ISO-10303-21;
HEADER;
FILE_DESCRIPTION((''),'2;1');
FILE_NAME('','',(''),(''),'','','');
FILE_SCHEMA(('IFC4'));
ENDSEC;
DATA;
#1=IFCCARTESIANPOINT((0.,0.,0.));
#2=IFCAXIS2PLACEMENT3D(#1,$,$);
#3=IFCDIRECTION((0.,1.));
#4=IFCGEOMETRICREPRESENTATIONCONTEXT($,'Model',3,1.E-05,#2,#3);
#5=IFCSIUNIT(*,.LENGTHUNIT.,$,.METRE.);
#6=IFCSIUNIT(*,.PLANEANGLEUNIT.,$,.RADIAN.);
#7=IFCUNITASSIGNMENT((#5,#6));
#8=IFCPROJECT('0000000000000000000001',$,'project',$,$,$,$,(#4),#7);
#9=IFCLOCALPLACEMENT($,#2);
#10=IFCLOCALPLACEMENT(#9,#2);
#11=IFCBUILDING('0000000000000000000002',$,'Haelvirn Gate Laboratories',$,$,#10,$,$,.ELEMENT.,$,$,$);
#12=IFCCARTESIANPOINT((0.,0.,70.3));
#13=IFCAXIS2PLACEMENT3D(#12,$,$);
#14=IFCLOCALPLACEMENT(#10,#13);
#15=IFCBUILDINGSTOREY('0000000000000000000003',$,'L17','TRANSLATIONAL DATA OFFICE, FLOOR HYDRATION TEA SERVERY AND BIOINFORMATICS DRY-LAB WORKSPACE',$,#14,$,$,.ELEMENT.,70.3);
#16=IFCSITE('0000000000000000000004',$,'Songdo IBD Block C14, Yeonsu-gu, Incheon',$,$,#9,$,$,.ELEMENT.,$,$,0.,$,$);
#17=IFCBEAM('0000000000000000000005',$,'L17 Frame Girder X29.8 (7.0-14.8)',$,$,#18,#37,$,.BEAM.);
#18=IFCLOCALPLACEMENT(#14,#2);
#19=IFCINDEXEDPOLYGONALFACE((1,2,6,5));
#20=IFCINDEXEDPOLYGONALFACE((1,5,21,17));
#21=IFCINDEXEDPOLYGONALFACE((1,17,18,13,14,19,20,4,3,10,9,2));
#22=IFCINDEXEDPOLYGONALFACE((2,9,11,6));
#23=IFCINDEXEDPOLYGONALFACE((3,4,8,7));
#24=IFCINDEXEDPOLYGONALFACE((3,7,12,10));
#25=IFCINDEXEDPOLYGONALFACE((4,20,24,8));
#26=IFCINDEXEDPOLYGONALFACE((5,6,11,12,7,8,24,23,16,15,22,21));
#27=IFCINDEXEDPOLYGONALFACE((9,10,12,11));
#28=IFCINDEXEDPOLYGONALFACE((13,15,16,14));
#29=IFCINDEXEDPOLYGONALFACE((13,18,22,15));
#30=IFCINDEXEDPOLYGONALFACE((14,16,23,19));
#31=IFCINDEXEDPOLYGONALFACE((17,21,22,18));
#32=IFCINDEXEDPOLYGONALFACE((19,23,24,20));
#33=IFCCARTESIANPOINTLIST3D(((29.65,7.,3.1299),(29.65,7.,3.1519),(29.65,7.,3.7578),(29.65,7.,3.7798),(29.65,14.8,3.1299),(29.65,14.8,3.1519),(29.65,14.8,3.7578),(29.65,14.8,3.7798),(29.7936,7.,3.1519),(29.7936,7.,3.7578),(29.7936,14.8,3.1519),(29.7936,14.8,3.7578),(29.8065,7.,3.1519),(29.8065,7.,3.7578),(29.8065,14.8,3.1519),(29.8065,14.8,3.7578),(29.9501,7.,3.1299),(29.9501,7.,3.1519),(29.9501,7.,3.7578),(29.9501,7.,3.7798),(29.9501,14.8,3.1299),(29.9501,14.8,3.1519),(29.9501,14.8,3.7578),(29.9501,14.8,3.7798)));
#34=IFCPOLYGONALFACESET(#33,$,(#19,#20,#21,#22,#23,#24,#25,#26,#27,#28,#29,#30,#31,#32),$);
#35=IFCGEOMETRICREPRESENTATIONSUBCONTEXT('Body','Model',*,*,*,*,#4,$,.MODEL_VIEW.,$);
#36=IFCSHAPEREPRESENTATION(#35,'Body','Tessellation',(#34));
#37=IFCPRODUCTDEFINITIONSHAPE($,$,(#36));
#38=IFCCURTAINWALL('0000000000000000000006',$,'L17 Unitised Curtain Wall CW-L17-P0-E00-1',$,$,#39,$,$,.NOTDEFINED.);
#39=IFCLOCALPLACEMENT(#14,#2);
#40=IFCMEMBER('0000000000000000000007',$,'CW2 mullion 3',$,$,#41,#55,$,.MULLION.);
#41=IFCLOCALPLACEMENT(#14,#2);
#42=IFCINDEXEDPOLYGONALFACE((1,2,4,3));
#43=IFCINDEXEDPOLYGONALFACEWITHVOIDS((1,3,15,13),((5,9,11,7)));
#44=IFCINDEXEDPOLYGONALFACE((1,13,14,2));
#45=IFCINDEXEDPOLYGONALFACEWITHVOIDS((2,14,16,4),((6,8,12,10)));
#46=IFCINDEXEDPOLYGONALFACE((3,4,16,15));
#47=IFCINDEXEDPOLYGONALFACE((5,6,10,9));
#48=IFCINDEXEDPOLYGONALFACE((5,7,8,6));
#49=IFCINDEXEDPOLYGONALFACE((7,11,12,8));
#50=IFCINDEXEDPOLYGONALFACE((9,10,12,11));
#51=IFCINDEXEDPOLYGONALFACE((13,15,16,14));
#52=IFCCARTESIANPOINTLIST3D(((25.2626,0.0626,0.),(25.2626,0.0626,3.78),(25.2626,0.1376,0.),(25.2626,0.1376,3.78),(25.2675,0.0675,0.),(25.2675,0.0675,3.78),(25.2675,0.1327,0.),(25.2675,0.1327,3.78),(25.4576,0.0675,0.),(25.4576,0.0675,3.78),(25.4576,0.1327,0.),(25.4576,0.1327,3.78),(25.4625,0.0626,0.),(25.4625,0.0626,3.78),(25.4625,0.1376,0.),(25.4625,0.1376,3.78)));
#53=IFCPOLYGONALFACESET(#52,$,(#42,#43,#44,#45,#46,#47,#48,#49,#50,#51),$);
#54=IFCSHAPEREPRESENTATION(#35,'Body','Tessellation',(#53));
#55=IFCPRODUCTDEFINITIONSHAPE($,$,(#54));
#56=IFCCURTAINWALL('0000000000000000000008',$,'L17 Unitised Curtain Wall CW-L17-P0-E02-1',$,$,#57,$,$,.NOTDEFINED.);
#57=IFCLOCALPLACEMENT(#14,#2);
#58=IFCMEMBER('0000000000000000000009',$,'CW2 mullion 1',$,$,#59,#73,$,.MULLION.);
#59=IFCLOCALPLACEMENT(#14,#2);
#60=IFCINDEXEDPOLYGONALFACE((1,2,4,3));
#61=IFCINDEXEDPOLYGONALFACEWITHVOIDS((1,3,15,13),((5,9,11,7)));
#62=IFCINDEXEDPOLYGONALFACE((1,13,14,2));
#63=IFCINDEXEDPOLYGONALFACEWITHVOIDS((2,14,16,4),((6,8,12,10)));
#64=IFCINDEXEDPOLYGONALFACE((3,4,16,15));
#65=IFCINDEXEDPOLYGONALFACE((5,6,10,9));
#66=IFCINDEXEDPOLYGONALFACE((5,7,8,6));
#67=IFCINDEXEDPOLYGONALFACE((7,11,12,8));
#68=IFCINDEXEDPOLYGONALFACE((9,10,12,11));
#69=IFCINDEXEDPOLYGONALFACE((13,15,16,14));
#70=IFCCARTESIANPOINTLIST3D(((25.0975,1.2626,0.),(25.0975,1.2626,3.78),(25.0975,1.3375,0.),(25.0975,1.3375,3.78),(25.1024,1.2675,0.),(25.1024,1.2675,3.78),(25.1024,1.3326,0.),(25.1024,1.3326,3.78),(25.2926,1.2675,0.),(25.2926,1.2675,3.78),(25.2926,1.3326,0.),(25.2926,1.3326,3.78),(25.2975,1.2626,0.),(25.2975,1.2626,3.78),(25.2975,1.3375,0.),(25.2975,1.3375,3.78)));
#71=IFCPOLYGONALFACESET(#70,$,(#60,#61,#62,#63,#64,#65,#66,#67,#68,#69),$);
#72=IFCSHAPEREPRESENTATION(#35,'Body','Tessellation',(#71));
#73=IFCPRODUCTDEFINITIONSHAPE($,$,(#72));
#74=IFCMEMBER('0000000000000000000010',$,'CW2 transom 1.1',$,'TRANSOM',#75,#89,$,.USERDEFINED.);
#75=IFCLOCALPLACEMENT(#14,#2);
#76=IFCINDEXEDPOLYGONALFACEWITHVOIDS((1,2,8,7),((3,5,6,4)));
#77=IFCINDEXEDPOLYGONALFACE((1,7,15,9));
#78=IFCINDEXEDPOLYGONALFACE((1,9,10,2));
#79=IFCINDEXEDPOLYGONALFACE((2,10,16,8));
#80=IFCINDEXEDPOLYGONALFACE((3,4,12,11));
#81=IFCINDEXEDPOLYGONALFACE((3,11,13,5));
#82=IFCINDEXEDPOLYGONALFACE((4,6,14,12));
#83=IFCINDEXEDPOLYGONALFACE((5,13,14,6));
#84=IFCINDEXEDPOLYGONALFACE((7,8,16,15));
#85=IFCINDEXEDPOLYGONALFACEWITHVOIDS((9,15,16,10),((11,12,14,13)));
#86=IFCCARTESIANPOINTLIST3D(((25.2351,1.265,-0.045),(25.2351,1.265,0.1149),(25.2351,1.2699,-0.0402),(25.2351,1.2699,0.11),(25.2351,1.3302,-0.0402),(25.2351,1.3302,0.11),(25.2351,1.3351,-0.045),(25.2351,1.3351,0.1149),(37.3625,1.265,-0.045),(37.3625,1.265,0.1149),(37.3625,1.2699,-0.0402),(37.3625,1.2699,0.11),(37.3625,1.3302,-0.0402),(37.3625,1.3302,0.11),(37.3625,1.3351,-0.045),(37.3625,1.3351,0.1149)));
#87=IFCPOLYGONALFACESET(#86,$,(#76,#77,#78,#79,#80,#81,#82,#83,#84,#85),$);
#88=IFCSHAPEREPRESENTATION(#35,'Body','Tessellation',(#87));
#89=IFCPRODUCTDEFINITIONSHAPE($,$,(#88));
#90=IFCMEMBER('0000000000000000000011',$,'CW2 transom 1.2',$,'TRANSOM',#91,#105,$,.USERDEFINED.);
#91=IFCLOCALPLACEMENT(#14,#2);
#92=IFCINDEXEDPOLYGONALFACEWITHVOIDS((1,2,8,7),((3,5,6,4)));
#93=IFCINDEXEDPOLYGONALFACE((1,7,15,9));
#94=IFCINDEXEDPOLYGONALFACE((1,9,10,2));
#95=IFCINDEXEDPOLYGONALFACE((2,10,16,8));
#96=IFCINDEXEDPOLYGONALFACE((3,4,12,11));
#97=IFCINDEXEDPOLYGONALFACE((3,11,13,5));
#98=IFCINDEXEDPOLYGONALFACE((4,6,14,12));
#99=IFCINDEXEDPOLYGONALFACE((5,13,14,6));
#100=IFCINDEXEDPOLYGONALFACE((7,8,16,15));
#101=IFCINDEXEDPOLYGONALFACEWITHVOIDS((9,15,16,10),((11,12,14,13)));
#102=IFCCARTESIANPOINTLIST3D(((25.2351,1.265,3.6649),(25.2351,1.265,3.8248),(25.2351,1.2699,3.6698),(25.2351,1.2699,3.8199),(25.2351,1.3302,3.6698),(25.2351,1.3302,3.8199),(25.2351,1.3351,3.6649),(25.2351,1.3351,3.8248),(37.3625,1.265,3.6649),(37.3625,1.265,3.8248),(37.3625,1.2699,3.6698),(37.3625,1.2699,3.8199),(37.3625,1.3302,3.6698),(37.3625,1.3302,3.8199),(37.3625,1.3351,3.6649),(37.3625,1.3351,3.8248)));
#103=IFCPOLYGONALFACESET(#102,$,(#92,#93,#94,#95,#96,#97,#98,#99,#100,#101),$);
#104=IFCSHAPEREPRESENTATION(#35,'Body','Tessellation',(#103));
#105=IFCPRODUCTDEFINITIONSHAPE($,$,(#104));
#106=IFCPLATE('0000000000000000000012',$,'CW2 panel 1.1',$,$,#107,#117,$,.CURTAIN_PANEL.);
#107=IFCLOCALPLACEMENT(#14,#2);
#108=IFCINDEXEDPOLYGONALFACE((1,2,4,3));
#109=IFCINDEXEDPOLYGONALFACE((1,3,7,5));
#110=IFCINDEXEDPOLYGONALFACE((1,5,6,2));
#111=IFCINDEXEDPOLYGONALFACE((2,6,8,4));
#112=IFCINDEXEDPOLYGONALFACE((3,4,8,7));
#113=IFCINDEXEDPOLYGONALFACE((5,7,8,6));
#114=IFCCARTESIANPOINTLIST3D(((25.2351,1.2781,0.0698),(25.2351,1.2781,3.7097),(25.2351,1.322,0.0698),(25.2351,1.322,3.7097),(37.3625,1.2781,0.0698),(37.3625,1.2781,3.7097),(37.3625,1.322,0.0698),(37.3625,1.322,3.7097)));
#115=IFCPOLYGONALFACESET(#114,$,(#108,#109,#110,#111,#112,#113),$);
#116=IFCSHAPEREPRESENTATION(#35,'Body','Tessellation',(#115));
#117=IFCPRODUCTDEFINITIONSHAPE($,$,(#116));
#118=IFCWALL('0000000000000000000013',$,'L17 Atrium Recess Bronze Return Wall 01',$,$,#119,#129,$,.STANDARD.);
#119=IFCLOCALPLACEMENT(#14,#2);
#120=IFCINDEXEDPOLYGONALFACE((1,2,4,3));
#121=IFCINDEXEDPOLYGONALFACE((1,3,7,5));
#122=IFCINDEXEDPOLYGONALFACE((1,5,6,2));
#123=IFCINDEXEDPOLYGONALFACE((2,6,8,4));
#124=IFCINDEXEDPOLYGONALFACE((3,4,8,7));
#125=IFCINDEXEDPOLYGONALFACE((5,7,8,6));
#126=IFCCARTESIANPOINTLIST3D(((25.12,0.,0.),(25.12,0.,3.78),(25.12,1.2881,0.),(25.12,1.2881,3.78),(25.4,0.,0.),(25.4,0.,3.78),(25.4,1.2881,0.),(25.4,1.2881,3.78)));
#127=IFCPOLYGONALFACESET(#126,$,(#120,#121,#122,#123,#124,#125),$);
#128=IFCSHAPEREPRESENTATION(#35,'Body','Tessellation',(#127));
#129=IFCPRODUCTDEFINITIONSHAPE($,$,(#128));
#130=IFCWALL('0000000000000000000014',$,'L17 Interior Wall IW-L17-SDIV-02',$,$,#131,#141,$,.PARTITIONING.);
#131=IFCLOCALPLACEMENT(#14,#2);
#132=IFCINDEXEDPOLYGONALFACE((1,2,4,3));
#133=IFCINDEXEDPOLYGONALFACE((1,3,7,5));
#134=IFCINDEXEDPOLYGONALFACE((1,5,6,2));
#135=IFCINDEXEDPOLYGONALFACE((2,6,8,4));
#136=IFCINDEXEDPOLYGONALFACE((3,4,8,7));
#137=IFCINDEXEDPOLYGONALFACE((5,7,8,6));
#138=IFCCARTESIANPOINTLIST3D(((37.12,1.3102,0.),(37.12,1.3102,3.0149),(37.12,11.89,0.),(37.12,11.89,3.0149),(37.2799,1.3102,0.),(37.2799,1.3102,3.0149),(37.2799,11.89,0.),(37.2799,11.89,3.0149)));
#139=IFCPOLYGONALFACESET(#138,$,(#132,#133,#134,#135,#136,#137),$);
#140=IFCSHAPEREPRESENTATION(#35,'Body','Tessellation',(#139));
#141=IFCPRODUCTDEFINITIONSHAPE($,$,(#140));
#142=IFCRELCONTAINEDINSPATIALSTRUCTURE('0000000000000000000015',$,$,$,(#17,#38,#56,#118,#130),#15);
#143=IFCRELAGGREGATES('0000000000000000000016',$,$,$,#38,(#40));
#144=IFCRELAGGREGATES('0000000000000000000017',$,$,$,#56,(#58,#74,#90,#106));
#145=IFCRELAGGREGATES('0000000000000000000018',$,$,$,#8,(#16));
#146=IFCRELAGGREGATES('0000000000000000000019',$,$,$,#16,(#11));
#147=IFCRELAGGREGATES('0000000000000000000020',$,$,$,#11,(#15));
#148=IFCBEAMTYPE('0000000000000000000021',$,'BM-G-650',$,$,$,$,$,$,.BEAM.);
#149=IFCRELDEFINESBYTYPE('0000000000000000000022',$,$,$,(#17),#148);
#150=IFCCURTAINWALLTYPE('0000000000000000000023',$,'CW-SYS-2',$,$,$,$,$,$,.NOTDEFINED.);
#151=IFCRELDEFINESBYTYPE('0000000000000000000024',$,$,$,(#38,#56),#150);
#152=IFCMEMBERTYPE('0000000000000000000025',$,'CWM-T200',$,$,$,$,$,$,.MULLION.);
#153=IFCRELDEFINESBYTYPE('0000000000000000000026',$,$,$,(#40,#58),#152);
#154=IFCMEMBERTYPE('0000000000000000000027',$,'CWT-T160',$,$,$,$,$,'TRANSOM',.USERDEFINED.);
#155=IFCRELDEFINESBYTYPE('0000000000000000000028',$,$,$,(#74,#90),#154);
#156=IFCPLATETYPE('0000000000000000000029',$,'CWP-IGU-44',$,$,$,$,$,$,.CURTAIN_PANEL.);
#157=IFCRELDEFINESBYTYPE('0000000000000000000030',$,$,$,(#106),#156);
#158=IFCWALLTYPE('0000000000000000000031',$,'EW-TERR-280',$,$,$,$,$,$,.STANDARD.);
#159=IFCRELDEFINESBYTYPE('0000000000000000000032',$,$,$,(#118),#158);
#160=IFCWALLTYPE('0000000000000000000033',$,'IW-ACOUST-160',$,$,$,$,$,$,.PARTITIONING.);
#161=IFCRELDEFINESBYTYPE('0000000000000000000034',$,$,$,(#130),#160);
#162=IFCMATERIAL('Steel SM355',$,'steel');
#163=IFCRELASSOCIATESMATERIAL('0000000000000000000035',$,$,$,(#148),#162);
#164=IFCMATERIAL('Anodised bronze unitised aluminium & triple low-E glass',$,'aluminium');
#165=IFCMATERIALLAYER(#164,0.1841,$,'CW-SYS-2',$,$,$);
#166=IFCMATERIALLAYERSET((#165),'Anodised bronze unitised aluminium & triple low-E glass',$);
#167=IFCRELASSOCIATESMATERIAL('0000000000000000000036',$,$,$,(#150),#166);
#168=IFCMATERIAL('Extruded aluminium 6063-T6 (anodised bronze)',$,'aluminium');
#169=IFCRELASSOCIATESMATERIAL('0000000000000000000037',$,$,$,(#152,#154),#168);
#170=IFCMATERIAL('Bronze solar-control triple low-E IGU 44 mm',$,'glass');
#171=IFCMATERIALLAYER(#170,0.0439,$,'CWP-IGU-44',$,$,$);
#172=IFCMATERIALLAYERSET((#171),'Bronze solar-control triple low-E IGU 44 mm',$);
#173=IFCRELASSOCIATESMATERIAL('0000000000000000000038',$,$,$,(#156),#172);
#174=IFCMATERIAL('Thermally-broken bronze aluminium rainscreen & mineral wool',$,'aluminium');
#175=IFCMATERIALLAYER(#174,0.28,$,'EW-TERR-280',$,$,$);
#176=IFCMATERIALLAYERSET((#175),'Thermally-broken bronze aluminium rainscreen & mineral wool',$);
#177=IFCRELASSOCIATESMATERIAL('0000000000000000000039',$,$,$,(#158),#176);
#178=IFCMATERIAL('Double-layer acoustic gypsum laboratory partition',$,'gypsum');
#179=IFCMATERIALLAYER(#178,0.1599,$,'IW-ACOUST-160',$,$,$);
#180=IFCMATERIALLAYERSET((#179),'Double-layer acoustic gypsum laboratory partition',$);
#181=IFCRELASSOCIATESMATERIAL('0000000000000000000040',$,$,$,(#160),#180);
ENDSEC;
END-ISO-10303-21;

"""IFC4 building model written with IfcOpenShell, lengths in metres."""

from ifc_helpers import new_model, si_unit, direction, frame, frame_2d, origin, origin_2d, place, context, subcontext, project, spatial, rectangle, hollow_rectangle, i_section, extrude, source, transform, mapped, material, layer, layer_set, material_profile, profile_set, type_object, type_shapes, element, aggregate, save


model = new_model("IFC4")

# Units and contexts
model_context = context("Model", 3, precision=1e-05, world=origin(), true_north=direction((0.0, 1.0)))
body_context = subcontext(model_context, "Body", "Model", "MODEL_VIEW")
ifc_project = project(units=[si_unit("LENGTHUNIT", "METRE"), si_unit("PLANEANGLEUNIT", "RADIAN")], contexts=[model_context])

# Site, building, storey
site_placement = place(None, origin())
site = spatial("IfcSite", under=ifc_project, at=site_placement, Name="Songdo IBD Block C14, Yeonsu-gu, Incheon", CompositionType="ELEMENT", RefElevation=0.0)
building_placement = place(site_placement, origin())
building = spatial("IfcBuilding", under=site, at=building_placement, Name="Haelvirn Gate Laboratories", CompositionType="ELEMENT")
storey_placement = place(building_placement, frame((0.0, 0.0, 70.3)))
storey = spatial("IfcBuildingStorey", under=building, at=storey_placement, Name="L17", Description="TRANSLATIONAL DATA OFFICE, FLOOR HYDRATION TEA SERVERY AND BIOINFORMATICS DRY-LAB WORKSPACE", CompositionType="ELEMENT", Elevation=70.3)

# Beam
ifc_material_1 = material(Name="Steel SM355", Category="steel")
ifc_material_profile_1 = material_profile(ifc_material_1, i_section(OverallWidth=0.3, OverallDepth=0.6499, WebThickness=0.0129, FlangeThickness=0.022, at=origin_2d()), Name="H-650x300x13x22")
ifc_profile_set_1 = profile_set([ifc_material_profile_1], Name="Steel SM355")
beam_type_1 = type_object("IfcBeamType", Name="BM-G-650", PredefinedType="BEAM", material=ifc_profile_set_1)
shared_shape_1 = source(origin(), body_context, "Body", "SweptSolid", [
    extrude(i_section(OverallWidth=0.3, OverallDepth=0.6499, WebThickness=0.0129, FlangeThickness=0.022, at=origin_2d()), origin(), (0.0, 0.0, 1.0), 7.8),
])
type_shapes(beam_type_1, [shared_shape_1])
beam_placement = place(storey_placement, frame((29.8, 7.0, 3.4548), z_axis=(0.0, 1.0, 0.0), x_axis=(-1.0, 0.0, 0.0)))
element("IfcBeam", 1, at=beam_placement, inside=storey, type_object=beam_type_1, Name="L17 Frame Girder X29.8 (7.0-14.8)", PredefinedType="BEAM", context=body_context, shape_type="MappedRepresentation", body=[
    mapped(shared_shape_1, transform((0.0, 0.0, 0.0), scale=1.0)),
])

# Curtain wall, member
ifc_material_2 = material(Name="Anodised bronze unitised aluminium & triple low-E glass", Category="aluminium")
ifc_layer_1 = layer(ifc_material_2, 0.1841, Name="CW-SYS-2")
ifc_layer_set_1 = layer_set([ifc_layer_1], Name="Anodised bronze unitised aluminium & triple low-E glass")
curtain_wall_type = type_object("IfcCurtainWallType", Name="CW-SYS-2", PredefinedType="NOTDEFINED", material=ifc_layer_set_1)
curtain_wall_1_placement = place(storey_placement, origin())
curtain_wall_1 = element("IfcCurtainWall", 2, at=curtain_wall_1_placement, inside=storey, type_object=curtain_wall_type, Name="L17 Unitised Curtain Wall CW-L17-P0-E00-1", PredefinedType="NOTDEFINED")
ifc_material_3 = material(Name="Extruded aluminium 6063-T6 (anodised bronze)", Category="aluminium")
ifc_material_profile_2 = material_profile(ifc_material_3, hollow_rectangle(XDim=0.075, YDim=0.2, WallThickness=0.0049, at=origin_2d()), Name="CWM-200x75x5")
ifc_profile_set_2 = profile_set([ifc_material_profile_2], Name="Extruded aluminium 6063-T6 (anodised bronze)")
member_type_1 = type_object("IfcMemberType", Name="CWM-T200", PredefinedType="MULLION", material=ifc_profile_set_2)
shared_shape_2 = source(origin(), body_context, "Body", "SweptSolid", [
    extrude(hollow_rectangle(XDim=0.075, YDim=0.2, WallThickness=0.0049, at=origin_2d()), origin(), (0.0, 0.0, 1.0), 3.78),
])
type_shapes(member_type_1, [shared_shape_2])
member_1_placement = place(storey_placement, frame((25.3625, 0.1001, 0.0), z_axis=(0.0, 0.0, 1.0), x_axis=(0.0, 1.0, 0.0)))
member_1 = element("IfcMember", 3, at=member_1_placement, type_object=member_type_1, Name="CW2 mullion 3", PredefinedType="MULLION", context=body_context, shape_type="MappedRepresentation", body=[
    mapped(shared_shape_2, transform((0.0, 0.0, 0.0), scale=1.0)),
])
aggregate(curtain_wall_1, [member_1])

# Curtain wall, members, plate
curtain_wall_2_placement = place(storey_placement, origin())
curtain_wall_2 = element("IfcCurtainWall", 4, at=curtain_wall_2_placement, inside=storey, type_object=curtain_wall_type, Name="L17 Unitised Curtain Wall CW-L17-P0-E02-1", PredefinedType="NOTDEFINED")
member_2_placement = place(storey_placement, frame((25.1975, 1.3, 0.0), z_axis=(0.0, 0.0, 1.0), x_axis=(0.0, 1.0, 0.0)))
member_2 = element("IfcMember", 5, at=member_2_placement, type_object=member_type_1, Name="CW2 mullion 1", PredefinedType="MULLION", context=body_context, shape_type="MappedRepresentation", body=[
    mapped(shared_shape_2, transform((0.0, 0.0, 0.0), scale=1.0)),
])
ifc_material_profile_3 = material_profile(ifc_material_3, hollow_rectangle(XDim=0.0701, YDim=0.1599, WallThickness=0.0049, at=origin_2d()), Name="CWT-160x70x5")
ifc_profile_set_3 = profile_set([ifc_material_profile_3], Name="Extruded aluminium 6063-T6 (anodised bronze)")
member_type_2 = type_object("IfcMemberType", Name="CWT-T160", ElementType="TRANSOM", PredefinedType="USERDEFINED", material=ifc_profile_set_3)
shared_shape_3 = source(origin(), body_context, "Body", "SweptSolid", [
    extrude(hollow_rectangle(XDim=0.0701, YDim=0.1599, WallThickness=0.0049, at=origin_2d()), origin(), (0.0, 0.0, 1.0), 12.1274),
])
type_shapes(member_type_2, [shared_shape_3])
member_3_placement = place(storey_placement, frame((25.2351, 1.3, 0.0349), z_axis=(1.0, 0.0, 0.0), x_axis=(0.0, 1.0, 0.0)))
member_3 = element("IfcMember", 6, at=member_3_placement, type_object=member_type_2, Name="CW2 transom 1.1", ObjectType="TRANSOM", PredefinedType="USERDEFINED", context=body_context, shape_type="MappedRepresentation", body=[
    mapped(shared_shape_3, transform((0.0, 0.0, 0.0), scale=1.0)),
])
member_4_placement = place(storey_placement, frame((25.2351, 1.3, 3.7449), z_axis=(1.0, 0.0, 0.0), x_axis=(0.0, 1.0, 0.0)))
member_4 = element("IfcMember", 7, at=member_4_placement, type_object=member_type_2, Name="CW2 transom 1.2", ObjectType="TRANSOM", PredefinedType="USERDEFINED", context=body_context, shape_type="MappedRepresentation", body=[
    mapped(shared_shape_3, transform((0.0, 0.0, 0.0), scale=1.0)),
])
ifc_material_4 = material(Name="Bronze solar-control triple low-E IGU 44 mm", Category="glass")
ifc_layer_2 = layer(ifc_material_4, 0.0439, Name="CWP-IGU-44")
ifc_layer_set_2 = layer_set([ifc_layer_2], Name="Bronze solar-control triple low-E IGU 44 mm")
plate_type = type_object("IfcPlateType", Name="CWP-IGU-44", PredefinedType="CURTAIN_PANEL", material=ifc_layer_set_2)
shared_shape_4 = source(origin(), body_context, "Body", "SweptSolid", [
    extrude(rectangle(XDim=12.1274, YDim=0.0439, at=origin_2d()), origin(), (0.0, 0.0, 1.0), 3.6399),
])
type_shapes(plate_type, [shared_shape_4])
plate_placement = place(storey_placement, frame((31.2988, 1.3, 0.0698), z_axis=(0.0, 0.0, 1.0), x_axis=(1.0, 0.0, 0.0)))
plate = element("IfcPlate", 8, at=plate_placement, type_object=plate_type, Name="CW2 panel 1.1", PredefinedType="CURTAIN_PANEL", context=body_context, shape_type="MappedRepresentation", body=[
    mapped(shared_shape_4, transform((0.0, 0.0, 0.0), scale=1.0)),
])
aggregate(curtain_wall_2, [member_2, member_3, member_4, plate])

# Walls
ifc_material_5 = material(Name="Thermally-broken bronze aluminium rainscreen & mineral wool", Category="aluminium")
ifc_layer_3 = layer(ifc_material_5, 0.28, Name="EW-TERR-280")
ifc_layer_set_3 = layer_set([ifc_layer_3], Name="Thermally-broken bronze aluminium rainscreen & mineral wool")
wall_type_1 = type_object("IfcWallType", Name="EW-TERR-280", PredefinedType="STANDARD", material=ifc_layer_set_3)
wall_1_placement = place(storey_placement, frame((25.26, 0.0, 0.0), z_axis=(0.0, 0.0, 1.0), x_axis=(0.0, 1.0, 0.0)))
element("IfcWall", 9, at=wall_1_placement, inside=storey, type_object=wall_type_1, Name="L17 Atrium Recess Bronze Return Wall 01", PredefinedType="STANDARD", context=body_context, shape_type="SweptSolid", body=[
    extrude(rectangle(XDim=1.2881, YDim=0.28, at=frame_2d((0.644, 0.0))), origin(), (0.0, 0.0, 1.0), 3.78),
])
ifc_material_6 = material(Name="Double-layer acoustic gypsum laboratory partition", Category="gypsum")
ifc_layer_4 = layer(ifc_material_6, 0.1599, Name="IW-ACOUST-160")
ifc_layer_set_4 = layer_set([ifc_layer_4], Name="Double-layer acoustic gypsum laboratory partition")
wall_type_2 = type_object("IfcWallType", Name="IW-ACOUST-160", PredefinedType="PARTITIONING", material=ifc_layer_set_4)
wall_2_placement = place(storey_placement, frame((37.2, 1.3101, 0.0), z_axis=(0.0, 0.0, 1.0), x_axis=(0.0, 1.0, 0.0)))
element("IfcWall", 10, at=wall_2_placement, inside=storey, type_object=wall_type_2, Name="L17 Interior Wall IW-L17-SDIV-02", PredefinedType="PARTITIONING", context=body_context, shape_type="SweptSolid", body=[
    extrude(rectangle(XDim=10.5798, YDim=0.1599, at=frame_2d((5.29, 0.0))), origin(), (0.0, 0.0, 1.0), 3.0149),
])

save(model, "model.ifc")
